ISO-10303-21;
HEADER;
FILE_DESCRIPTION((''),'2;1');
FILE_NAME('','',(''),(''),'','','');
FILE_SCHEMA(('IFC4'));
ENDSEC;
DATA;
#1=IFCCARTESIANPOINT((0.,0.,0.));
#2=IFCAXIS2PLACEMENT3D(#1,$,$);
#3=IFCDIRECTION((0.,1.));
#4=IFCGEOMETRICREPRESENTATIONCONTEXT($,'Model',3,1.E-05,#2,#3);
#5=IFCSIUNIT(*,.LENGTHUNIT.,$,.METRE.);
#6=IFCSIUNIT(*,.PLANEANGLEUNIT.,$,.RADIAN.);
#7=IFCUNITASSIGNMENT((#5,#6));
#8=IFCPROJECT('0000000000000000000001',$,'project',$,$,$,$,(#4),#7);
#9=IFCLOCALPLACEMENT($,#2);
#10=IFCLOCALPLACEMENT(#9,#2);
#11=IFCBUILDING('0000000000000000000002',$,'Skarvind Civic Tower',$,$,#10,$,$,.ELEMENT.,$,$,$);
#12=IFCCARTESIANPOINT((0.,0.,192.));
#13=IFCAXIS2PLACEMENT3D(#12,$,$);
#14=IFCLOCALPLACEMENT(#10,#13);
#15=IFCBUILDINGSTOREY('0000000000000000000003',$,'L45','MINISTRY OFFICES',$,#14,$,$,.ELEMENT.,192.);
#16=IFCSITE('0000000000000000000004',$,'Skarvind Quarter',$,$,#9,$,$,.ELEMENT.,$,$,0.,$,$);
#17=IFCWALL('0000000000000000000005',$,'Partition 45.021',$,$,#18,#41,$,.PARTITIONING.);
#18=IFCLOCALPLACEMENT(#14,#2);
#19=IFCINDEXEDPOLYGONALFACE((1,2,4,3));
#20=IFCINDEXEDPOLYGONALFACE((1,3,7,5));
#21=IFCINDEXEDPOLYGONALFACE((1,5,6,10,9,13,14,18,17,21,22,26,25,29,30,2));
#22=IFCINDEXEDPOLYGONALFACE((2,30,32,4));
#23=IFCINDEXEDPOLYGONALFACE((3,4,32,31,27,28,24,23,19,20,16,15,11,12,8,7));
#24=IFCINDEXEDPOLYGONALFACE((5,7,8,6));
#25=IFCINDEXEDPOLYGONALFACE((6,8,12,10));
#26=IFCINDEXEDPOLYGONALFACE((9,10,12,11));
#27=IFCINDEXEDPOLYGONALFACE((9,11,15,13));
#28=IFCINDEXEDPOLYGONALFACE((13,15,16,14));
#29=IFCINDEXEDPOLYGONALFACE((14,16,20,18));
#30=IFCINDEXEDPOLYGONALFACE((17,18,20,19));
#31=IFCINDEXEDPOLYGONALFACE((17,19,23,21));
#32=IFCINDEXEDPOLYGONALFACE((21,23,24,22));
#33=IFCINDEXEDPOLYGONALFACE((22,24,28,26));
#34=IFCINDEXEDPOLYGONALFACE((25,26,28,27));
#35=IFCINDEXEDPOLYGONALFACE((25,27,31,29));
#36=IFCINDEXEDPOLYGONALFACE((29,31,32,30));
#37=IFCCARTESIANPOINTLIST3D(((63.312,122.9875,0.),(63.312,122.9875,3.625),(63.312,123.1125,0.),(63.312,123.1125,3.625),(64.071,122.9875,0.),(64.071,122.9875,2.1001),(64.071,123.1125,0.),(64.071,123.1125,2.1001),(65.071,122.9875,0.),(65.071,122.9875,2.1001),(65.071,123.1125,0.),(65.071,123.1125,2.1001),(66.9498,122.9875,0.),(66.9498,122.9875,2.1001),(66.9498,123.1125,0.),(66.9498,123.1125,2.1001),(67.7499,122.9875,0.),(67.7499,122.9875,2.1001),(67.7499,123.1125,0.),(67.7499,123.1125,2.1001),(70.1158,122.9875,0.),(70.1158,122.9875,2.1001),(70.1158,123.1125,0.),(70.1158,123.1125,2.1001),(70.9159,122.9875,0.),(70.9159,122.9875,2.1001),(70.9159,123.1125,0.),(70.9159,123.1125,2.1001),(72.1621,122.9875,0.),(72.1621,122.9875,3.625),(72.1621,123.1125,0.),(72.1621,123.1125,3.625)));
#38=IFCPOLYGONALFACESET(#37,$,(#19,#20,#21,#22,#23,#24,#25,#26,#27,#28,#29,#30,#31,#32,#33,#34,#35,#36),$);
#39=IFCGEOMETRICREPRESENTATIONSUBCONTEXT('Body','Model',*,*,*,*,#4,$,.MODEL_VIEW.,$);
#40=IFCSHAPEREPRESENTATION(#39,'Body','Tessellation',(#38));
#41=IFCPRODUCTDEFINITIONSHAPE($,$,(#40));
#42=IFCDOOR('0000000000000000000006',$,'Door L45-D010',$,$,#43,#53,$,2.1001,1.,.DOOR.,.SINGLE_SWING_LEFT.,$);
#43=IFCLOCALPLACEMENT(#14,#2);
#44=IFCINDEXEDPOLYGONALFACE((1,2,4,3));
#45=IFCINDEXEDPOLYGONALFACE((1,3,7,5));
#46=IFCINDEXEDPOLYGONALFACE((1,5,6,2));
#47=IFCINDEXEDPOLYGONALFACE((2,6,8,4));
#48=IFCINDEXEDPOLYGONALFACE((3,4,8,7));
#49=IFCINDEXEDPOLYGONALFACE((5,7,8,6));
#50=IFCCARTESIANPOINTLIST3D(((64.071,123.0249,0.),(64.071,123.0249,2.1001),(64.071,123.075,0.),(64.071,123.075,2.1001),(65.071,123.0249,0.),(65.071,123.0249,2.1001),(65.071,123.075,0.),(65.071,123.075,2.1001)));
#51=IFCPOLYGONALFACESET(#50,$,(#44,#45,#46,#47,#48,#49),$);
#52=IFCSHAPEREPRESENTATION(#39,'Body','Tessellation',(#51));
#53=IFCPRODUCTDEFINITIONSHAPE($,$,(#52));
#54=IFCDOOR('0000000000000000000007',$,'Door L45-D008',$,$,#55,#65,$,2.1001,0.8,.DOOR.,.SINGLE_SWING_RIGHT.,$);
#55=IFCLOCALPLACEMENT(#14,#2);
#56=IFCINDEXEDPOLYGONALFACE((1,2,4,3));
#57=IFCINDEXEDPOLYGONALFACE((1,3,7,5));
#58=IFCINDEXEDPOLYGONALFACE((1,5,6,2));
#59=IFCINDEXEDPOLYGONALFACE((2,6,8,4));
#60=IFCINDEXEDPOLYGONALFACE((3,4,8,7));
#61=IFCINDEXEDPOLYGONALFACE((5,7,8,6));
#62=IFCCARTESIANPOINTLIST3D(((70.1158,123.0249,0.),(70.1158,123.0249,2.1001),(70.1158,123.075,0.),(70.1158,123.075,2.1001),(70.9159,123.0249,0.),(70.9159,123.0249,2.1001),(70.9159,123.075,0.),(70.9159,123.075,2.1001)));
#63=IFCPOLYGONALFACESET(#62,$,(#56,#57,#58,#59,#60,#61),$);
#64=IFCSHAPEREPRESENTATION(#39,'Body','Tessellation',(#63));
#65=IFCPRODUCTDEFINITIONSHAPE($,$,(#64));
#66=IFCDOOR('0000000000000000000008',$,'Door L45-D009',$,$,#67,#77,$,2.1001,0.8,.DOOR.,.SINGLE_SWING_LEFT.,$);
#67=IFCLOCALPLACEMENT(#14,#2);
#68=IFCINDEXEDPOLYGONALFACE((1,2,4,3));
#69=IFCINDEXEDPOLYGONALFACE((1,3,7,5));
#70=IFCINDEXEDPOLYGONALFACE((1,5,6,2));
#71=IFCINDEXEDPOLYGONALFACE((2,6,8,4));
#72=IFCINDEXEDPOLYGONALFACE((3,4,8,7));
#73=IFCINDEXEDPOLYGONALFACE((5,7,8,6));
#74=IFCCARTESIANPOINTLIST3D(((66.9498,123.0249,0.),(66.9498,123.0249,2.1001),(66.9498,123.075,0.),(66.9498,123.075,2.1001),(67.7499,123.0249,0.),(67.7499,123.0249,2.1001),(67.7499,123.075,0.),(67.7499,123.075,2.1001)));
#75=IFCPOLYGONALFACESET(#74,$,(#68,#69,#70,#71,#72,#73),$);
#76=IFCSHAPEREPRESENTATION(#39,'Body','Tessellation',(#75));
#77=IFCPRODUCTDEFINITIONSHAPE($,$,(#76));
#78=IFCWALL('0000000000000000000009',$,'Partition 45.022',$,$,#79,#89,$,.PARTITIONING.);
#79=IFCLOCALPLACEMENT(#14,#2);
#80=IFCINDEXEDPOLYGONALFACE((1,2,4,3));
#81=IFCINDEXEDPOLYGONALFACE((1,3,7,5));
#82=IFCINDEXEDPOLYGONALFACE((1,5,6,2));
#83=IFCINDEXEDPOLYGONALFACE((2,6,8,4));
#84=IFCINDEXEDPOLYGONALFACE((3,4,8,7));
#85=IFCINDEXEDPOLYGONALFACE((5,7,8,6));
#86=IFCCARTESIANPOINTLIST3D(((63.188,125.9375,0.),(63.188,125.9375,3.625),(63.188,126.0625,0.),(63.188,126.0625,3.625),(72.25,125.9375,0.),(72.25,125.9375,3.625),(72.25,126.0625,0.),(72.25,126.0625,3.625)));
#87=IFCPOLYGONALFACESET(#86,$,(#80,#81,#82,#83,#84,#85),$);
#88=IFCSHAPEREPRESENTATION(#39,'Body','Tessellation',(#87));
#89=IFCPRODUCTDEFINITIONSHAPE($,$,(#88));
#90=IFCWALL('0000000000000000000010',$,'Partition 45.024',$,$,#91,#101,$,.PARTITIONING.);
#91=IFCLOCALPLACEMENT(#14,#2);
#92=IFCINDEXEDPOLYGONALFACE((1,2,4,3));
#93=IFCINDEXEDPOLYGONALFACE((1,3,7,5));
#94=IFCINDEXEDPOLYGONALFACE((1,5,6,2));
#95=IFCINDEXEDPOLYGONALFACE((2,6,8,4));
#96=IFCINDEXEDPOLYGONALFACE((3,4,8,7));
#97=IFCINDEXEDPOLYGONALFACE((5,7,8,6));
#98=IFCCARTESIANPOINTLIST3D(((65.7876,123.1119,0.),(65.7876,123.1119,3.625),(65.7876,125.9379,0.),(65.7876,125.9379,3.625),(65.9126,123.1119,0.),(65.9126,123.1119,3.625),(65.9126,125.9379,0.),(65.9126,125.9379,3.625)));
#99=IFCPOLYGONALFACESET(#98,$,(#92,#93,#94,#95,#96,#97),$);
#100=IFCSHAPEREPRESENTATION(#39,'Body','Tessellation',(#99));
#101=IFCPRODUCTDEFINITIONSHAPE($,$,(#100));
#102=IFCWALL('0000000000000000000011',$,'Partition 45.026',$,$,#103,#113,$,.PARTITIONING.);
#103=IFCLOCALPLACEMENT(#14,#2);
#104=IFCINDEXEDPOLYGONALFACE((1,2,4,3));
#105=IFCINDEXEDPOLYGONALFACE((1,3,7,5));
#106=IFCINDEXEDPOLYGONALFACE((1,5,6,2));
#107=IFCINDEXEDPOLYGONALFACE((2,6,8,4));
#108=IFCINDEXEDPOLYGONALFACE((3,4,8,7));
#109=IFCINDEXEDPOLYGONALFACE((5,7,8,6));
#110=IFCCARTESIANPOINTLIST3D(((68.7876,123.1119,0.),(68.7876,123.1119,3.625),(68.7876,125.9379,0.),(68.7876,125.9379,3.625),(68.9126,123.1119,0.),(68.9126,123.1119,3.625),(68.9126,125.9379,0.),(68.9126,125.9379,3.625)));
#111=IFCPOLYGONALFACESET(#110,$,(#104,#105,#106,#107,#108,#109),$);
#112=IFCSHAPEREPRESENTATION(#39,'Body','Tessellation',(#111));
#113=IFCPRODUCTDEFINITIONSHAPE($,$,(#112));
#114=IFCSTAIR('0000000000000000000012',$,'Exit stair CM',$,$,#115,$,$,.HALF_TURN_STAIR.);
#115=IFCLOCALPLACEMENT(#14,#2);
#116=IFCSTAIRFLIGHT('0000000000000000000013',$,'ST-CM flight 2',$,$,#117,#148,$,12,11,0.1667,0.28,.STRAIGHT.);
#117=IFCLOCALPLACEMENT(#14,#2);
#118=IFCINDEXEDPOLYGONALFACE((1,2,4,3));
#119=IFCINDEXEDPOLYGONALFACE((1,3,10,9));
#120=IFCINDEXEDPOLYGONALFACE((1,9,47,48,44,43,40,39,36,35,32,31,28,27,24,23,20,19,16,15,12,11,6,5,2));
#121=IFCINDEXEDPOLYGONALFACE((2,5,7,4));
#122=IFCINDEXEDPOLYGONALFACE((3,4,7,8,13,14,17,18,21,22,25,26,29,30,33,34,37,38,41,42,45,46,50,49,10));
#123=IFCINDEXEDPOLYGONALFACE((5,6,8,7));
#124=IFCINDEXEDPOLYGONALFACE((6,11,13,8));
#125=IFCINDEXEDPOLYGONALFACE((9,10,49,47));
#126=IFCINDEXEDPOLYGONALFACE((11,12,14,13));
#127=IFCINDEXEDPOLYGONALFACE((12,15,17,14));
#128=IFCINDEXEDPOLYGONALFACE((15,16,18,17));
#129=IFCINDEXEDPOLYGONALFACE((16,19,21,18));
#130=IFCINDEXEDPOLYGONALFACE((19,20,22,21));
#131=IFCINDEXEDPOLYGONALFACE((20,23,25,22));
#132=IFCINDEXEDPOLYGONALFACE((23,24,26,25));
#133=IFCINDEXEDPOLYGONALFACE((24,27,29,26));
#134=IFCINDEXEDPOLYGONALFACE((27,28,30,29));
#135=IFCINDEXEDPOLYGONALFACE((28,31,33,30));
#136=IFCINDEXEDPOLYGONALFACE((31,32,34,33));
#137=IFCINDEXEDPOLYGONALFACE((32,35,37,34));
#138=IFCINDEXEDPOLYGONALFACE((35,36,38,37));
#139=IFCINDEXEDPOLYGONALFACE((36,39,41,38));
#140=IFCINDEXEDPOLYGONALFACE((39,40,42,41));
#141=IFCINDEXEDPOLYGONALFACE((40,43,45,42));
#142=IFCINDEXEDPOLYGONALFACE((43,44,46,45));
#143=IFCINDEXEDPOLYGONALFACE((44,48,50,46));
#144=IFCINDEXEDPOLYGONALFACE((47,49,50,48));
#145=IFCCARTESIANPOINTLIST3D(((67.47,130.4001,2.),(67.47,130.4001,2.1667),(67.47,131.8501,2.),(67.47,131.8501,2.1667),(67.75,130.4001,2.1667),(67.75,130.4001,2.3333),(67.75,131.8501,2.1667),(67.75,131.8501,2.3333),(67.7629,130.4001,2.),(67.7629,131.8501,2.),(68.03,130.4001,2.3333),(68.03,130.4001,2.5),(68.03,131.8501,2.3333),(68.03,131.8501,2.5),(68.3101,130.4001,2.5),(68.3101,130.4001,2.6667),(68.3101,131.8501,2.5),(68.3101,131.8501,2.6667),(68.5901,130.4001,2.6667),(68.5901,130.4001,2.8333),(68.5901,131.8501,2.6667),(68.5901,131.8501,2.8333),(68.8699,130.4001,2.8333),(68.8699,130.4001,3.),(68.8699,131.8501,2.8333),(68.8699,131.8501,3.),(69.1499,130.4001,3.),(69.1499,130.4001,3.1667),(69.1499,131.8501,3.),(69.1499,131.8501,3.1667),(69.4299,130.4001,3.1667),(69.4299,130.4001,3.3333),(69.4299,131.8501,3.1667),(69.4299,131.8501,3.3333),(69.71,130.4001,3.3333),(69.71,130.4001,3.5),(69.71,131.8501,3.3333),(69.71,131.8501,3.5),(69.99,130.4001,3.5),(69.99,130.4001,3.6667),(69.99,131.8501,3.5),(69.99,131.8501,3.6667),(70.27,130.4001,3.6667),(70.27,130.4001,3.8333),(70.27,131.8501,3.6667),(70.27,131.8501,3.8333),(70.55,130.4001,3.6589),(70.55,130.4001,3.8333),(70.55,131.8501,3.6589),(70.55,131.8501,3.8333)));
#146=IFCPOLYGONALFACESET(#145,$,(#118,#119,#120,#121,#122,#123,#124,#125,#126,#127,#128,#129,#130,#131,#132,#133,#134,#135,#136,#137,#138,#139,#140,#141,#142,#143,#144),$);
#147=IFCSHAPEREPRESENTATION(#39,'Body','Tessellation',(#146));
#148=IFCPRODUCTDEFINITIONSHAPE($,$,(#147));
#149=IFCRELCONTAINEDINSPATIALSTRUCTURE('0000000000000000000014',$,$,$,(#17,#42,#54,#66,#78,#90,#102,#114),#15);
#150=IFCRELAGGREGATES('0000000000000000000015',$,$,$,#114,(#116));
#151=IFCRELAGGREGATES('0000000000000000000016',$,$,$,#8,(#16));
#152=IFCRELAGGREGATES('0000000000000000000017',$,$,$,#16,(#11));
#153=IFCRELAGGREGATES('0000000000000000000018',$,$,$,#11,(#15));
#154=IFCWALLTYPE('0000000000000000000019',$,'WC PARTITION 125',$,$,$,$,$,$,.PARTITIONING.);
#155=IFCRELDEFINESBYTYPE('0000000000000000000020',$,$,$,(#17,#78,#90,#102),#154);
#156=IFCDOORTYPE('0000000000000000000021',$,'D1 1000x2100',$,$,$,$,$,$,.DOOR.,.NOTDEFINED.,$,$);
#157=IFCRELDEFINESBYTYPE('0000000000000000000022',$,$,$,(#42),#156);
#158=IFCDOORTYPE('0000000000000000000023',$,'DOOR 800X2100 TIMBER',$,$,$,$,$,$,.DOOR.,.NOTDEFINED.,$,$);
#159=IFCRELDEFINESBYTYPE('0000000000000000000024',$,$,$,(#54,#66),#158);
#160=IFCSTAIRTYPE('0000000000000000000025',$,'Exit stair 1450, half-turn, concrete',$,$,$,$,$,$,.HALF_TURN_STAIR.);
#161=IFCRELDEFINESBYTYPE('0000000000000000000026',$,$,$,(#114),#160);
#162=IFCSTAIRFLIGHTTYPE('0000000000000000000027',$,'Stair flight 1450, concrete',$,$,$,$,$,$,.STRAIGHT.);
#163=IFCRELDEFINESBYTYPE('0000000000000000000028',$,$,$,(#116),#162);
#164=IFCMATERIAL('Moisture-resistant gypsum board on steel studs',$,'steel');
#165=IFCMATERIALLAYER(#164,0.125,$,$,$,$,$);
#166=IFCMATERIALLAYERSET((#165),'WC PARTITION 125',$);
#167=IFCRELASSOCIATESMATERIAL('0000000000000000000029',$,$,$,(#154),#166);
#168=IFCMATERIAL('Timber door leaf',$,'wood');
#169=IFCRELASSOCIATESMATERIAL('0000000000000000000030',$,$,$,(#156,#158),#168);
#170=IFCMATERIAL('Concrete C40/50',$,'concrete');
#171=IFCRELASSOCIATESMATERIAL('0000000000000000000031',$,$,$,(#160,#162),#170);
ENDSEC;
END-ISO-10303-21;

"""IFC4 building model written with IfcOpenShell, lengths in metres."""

from ifc_helpers import new_model, si_unit, direction, frame, frame_2d, origin, place, context, subcontext, project, spatial, polyline, rectangle, outline, extrude, material, layer, layer_set, type_object, element, fill, aggregate, save


model = new_model("IFC4")

# Units and contexts
model_context = context("Model", 3, precision=1e-05, world=origin(), true_north=direction((0.0, 1.0)))
body_context = subcontext(model_context, "Body", "Model", "MODEL_VIEW")
ifc_project = project(units=[si_unit("LENGTHUNIT", "METRE"), si_unit("PLANEANGLEUNIT", "RADIAN")], contexts=[model_context])

# Site, building, storey
site_placement = place(None, origin())
site = spatial("IfcSite", under=ifc_project, at=site_placement, Name="Skarvind Quarter", CompositionType="ELEMENT", RefElevation=0.0)
building_placement = place(site_placement, origin())
building = spatial("IfcBuilding", under=site, at=building_placement, Name="Skarvind Civic Tower", CompositionType="ELEMENT")
storey_placement = place(building_placement, frame((0.0, 0.0, 192.0)))
storey = spatial("IfcBuildingStorey", under=building, at=storey_placement, Name="L45", Description="MINISTRY OFFICES", CompositionType="ELEMENT", Elevation=192.0)

# Shared definitions
ifc_material_1 = material(Name="Moisture-resistant gypsum board on steel studs", Category="steel")
ifc_layer_1 = layer(ifc_material_1, 0.125)
ifc_layer_set_1 = layer_set([ifc_layer_1], Name="WC PARTITION 125")
wall_type_1 = type_object("IfcWallType", Name="WC PARTITION 125", PredefinedType="PARTITIONING", material=ifc_layer_set_1)

# Wall, openings, doors
wall_1_placement = place(storey_placement, frame((63.312, 123.05, 0.0), z_axis=(0.0, 0.0, 1.0), x_axis=(1.0, 0.0, 0.0)))
wall_1 = element("IfcWall", 1, at=wall_1_placement, inside=storey, type_object=wall_type_1, Name="Partition 45.021", PredefinedType="PARTITIONING", context=body_context, shape_type="SweptSolid", body=[
    extrude(rectangle(XDim=8.8501, YDim=0.125, at=frame_2d((4.425, 0.0))), origin(), (0.0, 0.0, 1.0), 3.625),
])
opening_1_placement = place(wall_1_placement, frame((6.804, 0.0, 0.0)))
opening_1 = element("IfcOpeningElement", 2, at=opening_1_placement, cuts=wall_1, PredefinedType="OPENING", context=body_context, shape_type="SweptSolid", body=[
    extrude(rectangle(XDim=0.8, YDim=2.1001, at=frame_2d((0.3999, 1.05))), frame((0.0, 0.0725, 0.0), z_axis=(0.0, -1.0, 0.0), x_axis=(1.0, 0.0, 0.0)), (0.0, 0.0, 1.0), 0.145),
])
opening_2_placement = place(wall_1_placement, frame((3.6379, 0.0, 0.0)))
opening_2 = element("IfcOpeningElement", 3, at=opening_2_placement, cuts=wall_1, PredefinedType="OPENING", context=body_context, shape_type="SweptSolid", body=[
    extrude(rectangle(XDim=0.8, YDim=2.1001, at=frame_2d((0.3999, 1.05))), frame((0.0, 0.0725, 0.0), z_axis=(0.0, -1.0, 0.0), x_axis=(1.0, 0.0, 0.0)), (0.0, 0.0, 1.0), 0.145),
])
opening_3_placement = place(wall_1_placement, frame((0.759, 0.0, 0.0)))
opening_3 = element("IfcOpeningElement", 4, at=opening_3_placement, cuts=wall_1, PredefinedType="OPENING", context=body_context, shape_type="SweptSolid", body=[
    extrude(rectangle(XDim=1.0, YDim=2.1001, at=frame_2d((0.5, 1.05))), frame((0.0, 0.0725, 0.0), z_axis=(0.0, -1.0, 0.0), x_axis=(1.0, 0.0, 0.0)), (0.0, 0.0, 1.0), 0.145),
])
ifc_material_2 = material(Name="Timber door leaf", Category="wood")
door_type_1 = type_object("IfcDoorType", Name="D1 1000x2100", OperationType="NOTDEFINED", PredefinedType="DOOR", material=ifc_material_2)
door_1_placement = place(opening_3_placement, origin())
door_1 = element("IfcDoor", 5, at=door_1_placement, inside=storey, type_object=door_type_1, Name="Door L45-D010", OperationType="SINGLE_SWING_LEFT", OverallHeight=2.1001, OverallWidth=1.0, PredefinedType="DOOR", context=body_context, shape_type="SweptSolid", body=[
    extrude(rectangle(XDim=1.0, YDim=2.1001, at=frame_2d((0.5, 1.05))), frame((0.0, 0.0249, 0.0), z_axis=(0.0, -1.0, 0.0), x_axis=(1.0, 0.0, 0.0)), (0.0, 0.0, 1.0), 0.05),
])
fill(opening_3, door_1)
door_type_2 = type_object("IfcDoorType", Name="DOOR 800X2100 TIMBER", OperationType="NOTDEFINED", PredefinedType="DOOR", material=ifc_material_2)
door_2_placement = place(opening_1_placement, origin())
door_2 = element("IfcDoor", 6, at=door_2_placement, inside=storey, type_object=door_type_2, Name="Door L45-D008", OperationType="SINGLE_SWING_RIGHT", OverallHeight=2.1001, OverallWidth=0.8, PredefinedType="DOOR", context=body_context, shape_type="SweptSolid", body=[
    extrude(rectangle(XDim=0.8, YDim=2.1001, at=frame_2d((0.3999, 1.05))), frame((0.0, 0.0249, 0.0), z_axis=(0.0, -1.0, 0.0), x_axis=(1.0, 0.0, 0.0)), (0.0, 0.0, 1.0), 0.05),
])
fill(opening_1, door_2)
door_3_placement = place(opening_2_placement, origin())
door_3 = element("IfcDoor", 7, at=door_3_placement, inside=storey, type_object=door_type_2, Name="Door L45-D009", OperationType="SINGLE_SWING_LEFT", OverallHeight=2.1001, OverallWidth=0.8, PredefinedType="DOOR", context=body_context, shape_type="SweptSolid", body=[
    extrude(rectangle(XDim=0.8, YDim=2.1001, at=frame_2d((0.3999, 1.05))), frame((0.0, 0.0249, 0.0), z_axis=(0.0, -1.0, 0.0), x_axis=(1.0, 0.0, 0.0)), (0.0, 0.0, 1.0), 0.05),
])
fill(opening_2, door_3)

# Walls
wall_2_placement = place(storey_placement, frame((63.188, 126.0, 0.0), z_axis=(0.0, 0.0, 1.0), x_axis=(1.0, 0.0, 0.0)))
element("IfcWall", 8, at=wall_2_placement, inside=storey, type_object=wall_type_1, Name="Partition 45.022", PredefinedType="PARTITIONING", context=body_context, shape_type="SweptSolid", body=[
    extrude(rectangle(XDim=9.062, YDim=0.125, at=frame_2d((4.531, 0.0))), origin(), (0.0, 0.0, 1.0), 3.625),
])
for number, where, z_axis, x_axis, name in (
    (9, (65.8501, 125.938, 0.0), (0.0, 0.0, 1.0), (0.0, -1.0, 0.0), "Partition 45.024"),
    (10, (68.8501, 125.938, 0.0), (0.0, 0.0, 1.0), (0.0, -1.0, 0.0), "Partition 45.026"),
):
    element("IfcWall", number, at=place(storey_placement, frame(where, z_axis=z_axis, x_axis=x_axis)), inside=storey, type_object=wall_type_1, Name=name, PredefinedType="PARTITIONING", context=body_context, shape_type="SweptSolid", body=[
        extrude(rectangle(XDim=2.8259, YDim=0.125, at=frame_2d((1.4131, 0.0))), origin(), (0.0, 0.0, 1.0), 3.625),
    ])

# Stair, stair flight
ifc_material_3 = material(Name="Concrete C40/50", Category="concrete")
stair_type = type_object("IfcStairType", Name="Exit stair 1450, half-turn, concrete", PredefinedType="HALF_TURN_STAIR", material=ifc_material_3)
stair_placement = place(storey_placement, origin())
stair = element("IfcStair", 11, at=stair_placement, inside=storey, type_object=stair_type, Name="Exit stair CM", PredefinedType="HALF_TURN_STAIR")
stair_flight_type = type_object("IfcStairFlightType", Name="Stair flight 1450, concrete", PredefinedType="STRAIGHT", material=ifc_material_3)
stair_flight_placement = place(storey_placement, frame((67.47, 131.125, 2.0), z_axis=(0.0, 0.0, 1.0), x_axis=(1.0, 0.0, 0.0)))
stair_flight = element("IfcStairFlight", 12, at=stair_flight_placement, type_object=stair_flight_type, Name="ST-CM flight 2", NumberOfRisers=12, NumberOfTreads=11, PredefinedType="STRAIGHT", RiserHeight=0.1667, TreadLength=0.28, context=body_context, shape_type="SweptSolid", body=[
    extrude(outline(polyline([(0.0, 0.0), (0.0, 0.1667), (0.28, 0.1667), (0.28, 0.3333), (0.5601, 0.3333), (0.5601, 0.5), (0.8401, 0.5), (0.8401, 0.6667), (1.1201, 0.6667), (1.1201, 0.8333), (1.3999, 0.8333), (1.3999, 1.0), (1.6799, 1.0), (1.6799, 1.1667), (1.96, 1.1667), (1.96, 1.3333), (2.24, 1.3333), (2.24, 1.5), (2.52, 1.5), (2.52, 1.6667), (2.8, 1.6667), (2.8, 1.8333), (3.0801, 1.8333), (3.0801, 2.0), (3.0801, 1.6589), (0.293, 0.0), (0.0, 0.0)])), frame((0.0, 0.7251, 0.0), z_axis=(0.0, -1.0, 0.0), x_axis=(1.0, 0.0, 0.0)), (0.0, 0.0, 1.0), 1.45),
])
aggregate(stair, [stair_flight])

save(model, "model.ifc")
